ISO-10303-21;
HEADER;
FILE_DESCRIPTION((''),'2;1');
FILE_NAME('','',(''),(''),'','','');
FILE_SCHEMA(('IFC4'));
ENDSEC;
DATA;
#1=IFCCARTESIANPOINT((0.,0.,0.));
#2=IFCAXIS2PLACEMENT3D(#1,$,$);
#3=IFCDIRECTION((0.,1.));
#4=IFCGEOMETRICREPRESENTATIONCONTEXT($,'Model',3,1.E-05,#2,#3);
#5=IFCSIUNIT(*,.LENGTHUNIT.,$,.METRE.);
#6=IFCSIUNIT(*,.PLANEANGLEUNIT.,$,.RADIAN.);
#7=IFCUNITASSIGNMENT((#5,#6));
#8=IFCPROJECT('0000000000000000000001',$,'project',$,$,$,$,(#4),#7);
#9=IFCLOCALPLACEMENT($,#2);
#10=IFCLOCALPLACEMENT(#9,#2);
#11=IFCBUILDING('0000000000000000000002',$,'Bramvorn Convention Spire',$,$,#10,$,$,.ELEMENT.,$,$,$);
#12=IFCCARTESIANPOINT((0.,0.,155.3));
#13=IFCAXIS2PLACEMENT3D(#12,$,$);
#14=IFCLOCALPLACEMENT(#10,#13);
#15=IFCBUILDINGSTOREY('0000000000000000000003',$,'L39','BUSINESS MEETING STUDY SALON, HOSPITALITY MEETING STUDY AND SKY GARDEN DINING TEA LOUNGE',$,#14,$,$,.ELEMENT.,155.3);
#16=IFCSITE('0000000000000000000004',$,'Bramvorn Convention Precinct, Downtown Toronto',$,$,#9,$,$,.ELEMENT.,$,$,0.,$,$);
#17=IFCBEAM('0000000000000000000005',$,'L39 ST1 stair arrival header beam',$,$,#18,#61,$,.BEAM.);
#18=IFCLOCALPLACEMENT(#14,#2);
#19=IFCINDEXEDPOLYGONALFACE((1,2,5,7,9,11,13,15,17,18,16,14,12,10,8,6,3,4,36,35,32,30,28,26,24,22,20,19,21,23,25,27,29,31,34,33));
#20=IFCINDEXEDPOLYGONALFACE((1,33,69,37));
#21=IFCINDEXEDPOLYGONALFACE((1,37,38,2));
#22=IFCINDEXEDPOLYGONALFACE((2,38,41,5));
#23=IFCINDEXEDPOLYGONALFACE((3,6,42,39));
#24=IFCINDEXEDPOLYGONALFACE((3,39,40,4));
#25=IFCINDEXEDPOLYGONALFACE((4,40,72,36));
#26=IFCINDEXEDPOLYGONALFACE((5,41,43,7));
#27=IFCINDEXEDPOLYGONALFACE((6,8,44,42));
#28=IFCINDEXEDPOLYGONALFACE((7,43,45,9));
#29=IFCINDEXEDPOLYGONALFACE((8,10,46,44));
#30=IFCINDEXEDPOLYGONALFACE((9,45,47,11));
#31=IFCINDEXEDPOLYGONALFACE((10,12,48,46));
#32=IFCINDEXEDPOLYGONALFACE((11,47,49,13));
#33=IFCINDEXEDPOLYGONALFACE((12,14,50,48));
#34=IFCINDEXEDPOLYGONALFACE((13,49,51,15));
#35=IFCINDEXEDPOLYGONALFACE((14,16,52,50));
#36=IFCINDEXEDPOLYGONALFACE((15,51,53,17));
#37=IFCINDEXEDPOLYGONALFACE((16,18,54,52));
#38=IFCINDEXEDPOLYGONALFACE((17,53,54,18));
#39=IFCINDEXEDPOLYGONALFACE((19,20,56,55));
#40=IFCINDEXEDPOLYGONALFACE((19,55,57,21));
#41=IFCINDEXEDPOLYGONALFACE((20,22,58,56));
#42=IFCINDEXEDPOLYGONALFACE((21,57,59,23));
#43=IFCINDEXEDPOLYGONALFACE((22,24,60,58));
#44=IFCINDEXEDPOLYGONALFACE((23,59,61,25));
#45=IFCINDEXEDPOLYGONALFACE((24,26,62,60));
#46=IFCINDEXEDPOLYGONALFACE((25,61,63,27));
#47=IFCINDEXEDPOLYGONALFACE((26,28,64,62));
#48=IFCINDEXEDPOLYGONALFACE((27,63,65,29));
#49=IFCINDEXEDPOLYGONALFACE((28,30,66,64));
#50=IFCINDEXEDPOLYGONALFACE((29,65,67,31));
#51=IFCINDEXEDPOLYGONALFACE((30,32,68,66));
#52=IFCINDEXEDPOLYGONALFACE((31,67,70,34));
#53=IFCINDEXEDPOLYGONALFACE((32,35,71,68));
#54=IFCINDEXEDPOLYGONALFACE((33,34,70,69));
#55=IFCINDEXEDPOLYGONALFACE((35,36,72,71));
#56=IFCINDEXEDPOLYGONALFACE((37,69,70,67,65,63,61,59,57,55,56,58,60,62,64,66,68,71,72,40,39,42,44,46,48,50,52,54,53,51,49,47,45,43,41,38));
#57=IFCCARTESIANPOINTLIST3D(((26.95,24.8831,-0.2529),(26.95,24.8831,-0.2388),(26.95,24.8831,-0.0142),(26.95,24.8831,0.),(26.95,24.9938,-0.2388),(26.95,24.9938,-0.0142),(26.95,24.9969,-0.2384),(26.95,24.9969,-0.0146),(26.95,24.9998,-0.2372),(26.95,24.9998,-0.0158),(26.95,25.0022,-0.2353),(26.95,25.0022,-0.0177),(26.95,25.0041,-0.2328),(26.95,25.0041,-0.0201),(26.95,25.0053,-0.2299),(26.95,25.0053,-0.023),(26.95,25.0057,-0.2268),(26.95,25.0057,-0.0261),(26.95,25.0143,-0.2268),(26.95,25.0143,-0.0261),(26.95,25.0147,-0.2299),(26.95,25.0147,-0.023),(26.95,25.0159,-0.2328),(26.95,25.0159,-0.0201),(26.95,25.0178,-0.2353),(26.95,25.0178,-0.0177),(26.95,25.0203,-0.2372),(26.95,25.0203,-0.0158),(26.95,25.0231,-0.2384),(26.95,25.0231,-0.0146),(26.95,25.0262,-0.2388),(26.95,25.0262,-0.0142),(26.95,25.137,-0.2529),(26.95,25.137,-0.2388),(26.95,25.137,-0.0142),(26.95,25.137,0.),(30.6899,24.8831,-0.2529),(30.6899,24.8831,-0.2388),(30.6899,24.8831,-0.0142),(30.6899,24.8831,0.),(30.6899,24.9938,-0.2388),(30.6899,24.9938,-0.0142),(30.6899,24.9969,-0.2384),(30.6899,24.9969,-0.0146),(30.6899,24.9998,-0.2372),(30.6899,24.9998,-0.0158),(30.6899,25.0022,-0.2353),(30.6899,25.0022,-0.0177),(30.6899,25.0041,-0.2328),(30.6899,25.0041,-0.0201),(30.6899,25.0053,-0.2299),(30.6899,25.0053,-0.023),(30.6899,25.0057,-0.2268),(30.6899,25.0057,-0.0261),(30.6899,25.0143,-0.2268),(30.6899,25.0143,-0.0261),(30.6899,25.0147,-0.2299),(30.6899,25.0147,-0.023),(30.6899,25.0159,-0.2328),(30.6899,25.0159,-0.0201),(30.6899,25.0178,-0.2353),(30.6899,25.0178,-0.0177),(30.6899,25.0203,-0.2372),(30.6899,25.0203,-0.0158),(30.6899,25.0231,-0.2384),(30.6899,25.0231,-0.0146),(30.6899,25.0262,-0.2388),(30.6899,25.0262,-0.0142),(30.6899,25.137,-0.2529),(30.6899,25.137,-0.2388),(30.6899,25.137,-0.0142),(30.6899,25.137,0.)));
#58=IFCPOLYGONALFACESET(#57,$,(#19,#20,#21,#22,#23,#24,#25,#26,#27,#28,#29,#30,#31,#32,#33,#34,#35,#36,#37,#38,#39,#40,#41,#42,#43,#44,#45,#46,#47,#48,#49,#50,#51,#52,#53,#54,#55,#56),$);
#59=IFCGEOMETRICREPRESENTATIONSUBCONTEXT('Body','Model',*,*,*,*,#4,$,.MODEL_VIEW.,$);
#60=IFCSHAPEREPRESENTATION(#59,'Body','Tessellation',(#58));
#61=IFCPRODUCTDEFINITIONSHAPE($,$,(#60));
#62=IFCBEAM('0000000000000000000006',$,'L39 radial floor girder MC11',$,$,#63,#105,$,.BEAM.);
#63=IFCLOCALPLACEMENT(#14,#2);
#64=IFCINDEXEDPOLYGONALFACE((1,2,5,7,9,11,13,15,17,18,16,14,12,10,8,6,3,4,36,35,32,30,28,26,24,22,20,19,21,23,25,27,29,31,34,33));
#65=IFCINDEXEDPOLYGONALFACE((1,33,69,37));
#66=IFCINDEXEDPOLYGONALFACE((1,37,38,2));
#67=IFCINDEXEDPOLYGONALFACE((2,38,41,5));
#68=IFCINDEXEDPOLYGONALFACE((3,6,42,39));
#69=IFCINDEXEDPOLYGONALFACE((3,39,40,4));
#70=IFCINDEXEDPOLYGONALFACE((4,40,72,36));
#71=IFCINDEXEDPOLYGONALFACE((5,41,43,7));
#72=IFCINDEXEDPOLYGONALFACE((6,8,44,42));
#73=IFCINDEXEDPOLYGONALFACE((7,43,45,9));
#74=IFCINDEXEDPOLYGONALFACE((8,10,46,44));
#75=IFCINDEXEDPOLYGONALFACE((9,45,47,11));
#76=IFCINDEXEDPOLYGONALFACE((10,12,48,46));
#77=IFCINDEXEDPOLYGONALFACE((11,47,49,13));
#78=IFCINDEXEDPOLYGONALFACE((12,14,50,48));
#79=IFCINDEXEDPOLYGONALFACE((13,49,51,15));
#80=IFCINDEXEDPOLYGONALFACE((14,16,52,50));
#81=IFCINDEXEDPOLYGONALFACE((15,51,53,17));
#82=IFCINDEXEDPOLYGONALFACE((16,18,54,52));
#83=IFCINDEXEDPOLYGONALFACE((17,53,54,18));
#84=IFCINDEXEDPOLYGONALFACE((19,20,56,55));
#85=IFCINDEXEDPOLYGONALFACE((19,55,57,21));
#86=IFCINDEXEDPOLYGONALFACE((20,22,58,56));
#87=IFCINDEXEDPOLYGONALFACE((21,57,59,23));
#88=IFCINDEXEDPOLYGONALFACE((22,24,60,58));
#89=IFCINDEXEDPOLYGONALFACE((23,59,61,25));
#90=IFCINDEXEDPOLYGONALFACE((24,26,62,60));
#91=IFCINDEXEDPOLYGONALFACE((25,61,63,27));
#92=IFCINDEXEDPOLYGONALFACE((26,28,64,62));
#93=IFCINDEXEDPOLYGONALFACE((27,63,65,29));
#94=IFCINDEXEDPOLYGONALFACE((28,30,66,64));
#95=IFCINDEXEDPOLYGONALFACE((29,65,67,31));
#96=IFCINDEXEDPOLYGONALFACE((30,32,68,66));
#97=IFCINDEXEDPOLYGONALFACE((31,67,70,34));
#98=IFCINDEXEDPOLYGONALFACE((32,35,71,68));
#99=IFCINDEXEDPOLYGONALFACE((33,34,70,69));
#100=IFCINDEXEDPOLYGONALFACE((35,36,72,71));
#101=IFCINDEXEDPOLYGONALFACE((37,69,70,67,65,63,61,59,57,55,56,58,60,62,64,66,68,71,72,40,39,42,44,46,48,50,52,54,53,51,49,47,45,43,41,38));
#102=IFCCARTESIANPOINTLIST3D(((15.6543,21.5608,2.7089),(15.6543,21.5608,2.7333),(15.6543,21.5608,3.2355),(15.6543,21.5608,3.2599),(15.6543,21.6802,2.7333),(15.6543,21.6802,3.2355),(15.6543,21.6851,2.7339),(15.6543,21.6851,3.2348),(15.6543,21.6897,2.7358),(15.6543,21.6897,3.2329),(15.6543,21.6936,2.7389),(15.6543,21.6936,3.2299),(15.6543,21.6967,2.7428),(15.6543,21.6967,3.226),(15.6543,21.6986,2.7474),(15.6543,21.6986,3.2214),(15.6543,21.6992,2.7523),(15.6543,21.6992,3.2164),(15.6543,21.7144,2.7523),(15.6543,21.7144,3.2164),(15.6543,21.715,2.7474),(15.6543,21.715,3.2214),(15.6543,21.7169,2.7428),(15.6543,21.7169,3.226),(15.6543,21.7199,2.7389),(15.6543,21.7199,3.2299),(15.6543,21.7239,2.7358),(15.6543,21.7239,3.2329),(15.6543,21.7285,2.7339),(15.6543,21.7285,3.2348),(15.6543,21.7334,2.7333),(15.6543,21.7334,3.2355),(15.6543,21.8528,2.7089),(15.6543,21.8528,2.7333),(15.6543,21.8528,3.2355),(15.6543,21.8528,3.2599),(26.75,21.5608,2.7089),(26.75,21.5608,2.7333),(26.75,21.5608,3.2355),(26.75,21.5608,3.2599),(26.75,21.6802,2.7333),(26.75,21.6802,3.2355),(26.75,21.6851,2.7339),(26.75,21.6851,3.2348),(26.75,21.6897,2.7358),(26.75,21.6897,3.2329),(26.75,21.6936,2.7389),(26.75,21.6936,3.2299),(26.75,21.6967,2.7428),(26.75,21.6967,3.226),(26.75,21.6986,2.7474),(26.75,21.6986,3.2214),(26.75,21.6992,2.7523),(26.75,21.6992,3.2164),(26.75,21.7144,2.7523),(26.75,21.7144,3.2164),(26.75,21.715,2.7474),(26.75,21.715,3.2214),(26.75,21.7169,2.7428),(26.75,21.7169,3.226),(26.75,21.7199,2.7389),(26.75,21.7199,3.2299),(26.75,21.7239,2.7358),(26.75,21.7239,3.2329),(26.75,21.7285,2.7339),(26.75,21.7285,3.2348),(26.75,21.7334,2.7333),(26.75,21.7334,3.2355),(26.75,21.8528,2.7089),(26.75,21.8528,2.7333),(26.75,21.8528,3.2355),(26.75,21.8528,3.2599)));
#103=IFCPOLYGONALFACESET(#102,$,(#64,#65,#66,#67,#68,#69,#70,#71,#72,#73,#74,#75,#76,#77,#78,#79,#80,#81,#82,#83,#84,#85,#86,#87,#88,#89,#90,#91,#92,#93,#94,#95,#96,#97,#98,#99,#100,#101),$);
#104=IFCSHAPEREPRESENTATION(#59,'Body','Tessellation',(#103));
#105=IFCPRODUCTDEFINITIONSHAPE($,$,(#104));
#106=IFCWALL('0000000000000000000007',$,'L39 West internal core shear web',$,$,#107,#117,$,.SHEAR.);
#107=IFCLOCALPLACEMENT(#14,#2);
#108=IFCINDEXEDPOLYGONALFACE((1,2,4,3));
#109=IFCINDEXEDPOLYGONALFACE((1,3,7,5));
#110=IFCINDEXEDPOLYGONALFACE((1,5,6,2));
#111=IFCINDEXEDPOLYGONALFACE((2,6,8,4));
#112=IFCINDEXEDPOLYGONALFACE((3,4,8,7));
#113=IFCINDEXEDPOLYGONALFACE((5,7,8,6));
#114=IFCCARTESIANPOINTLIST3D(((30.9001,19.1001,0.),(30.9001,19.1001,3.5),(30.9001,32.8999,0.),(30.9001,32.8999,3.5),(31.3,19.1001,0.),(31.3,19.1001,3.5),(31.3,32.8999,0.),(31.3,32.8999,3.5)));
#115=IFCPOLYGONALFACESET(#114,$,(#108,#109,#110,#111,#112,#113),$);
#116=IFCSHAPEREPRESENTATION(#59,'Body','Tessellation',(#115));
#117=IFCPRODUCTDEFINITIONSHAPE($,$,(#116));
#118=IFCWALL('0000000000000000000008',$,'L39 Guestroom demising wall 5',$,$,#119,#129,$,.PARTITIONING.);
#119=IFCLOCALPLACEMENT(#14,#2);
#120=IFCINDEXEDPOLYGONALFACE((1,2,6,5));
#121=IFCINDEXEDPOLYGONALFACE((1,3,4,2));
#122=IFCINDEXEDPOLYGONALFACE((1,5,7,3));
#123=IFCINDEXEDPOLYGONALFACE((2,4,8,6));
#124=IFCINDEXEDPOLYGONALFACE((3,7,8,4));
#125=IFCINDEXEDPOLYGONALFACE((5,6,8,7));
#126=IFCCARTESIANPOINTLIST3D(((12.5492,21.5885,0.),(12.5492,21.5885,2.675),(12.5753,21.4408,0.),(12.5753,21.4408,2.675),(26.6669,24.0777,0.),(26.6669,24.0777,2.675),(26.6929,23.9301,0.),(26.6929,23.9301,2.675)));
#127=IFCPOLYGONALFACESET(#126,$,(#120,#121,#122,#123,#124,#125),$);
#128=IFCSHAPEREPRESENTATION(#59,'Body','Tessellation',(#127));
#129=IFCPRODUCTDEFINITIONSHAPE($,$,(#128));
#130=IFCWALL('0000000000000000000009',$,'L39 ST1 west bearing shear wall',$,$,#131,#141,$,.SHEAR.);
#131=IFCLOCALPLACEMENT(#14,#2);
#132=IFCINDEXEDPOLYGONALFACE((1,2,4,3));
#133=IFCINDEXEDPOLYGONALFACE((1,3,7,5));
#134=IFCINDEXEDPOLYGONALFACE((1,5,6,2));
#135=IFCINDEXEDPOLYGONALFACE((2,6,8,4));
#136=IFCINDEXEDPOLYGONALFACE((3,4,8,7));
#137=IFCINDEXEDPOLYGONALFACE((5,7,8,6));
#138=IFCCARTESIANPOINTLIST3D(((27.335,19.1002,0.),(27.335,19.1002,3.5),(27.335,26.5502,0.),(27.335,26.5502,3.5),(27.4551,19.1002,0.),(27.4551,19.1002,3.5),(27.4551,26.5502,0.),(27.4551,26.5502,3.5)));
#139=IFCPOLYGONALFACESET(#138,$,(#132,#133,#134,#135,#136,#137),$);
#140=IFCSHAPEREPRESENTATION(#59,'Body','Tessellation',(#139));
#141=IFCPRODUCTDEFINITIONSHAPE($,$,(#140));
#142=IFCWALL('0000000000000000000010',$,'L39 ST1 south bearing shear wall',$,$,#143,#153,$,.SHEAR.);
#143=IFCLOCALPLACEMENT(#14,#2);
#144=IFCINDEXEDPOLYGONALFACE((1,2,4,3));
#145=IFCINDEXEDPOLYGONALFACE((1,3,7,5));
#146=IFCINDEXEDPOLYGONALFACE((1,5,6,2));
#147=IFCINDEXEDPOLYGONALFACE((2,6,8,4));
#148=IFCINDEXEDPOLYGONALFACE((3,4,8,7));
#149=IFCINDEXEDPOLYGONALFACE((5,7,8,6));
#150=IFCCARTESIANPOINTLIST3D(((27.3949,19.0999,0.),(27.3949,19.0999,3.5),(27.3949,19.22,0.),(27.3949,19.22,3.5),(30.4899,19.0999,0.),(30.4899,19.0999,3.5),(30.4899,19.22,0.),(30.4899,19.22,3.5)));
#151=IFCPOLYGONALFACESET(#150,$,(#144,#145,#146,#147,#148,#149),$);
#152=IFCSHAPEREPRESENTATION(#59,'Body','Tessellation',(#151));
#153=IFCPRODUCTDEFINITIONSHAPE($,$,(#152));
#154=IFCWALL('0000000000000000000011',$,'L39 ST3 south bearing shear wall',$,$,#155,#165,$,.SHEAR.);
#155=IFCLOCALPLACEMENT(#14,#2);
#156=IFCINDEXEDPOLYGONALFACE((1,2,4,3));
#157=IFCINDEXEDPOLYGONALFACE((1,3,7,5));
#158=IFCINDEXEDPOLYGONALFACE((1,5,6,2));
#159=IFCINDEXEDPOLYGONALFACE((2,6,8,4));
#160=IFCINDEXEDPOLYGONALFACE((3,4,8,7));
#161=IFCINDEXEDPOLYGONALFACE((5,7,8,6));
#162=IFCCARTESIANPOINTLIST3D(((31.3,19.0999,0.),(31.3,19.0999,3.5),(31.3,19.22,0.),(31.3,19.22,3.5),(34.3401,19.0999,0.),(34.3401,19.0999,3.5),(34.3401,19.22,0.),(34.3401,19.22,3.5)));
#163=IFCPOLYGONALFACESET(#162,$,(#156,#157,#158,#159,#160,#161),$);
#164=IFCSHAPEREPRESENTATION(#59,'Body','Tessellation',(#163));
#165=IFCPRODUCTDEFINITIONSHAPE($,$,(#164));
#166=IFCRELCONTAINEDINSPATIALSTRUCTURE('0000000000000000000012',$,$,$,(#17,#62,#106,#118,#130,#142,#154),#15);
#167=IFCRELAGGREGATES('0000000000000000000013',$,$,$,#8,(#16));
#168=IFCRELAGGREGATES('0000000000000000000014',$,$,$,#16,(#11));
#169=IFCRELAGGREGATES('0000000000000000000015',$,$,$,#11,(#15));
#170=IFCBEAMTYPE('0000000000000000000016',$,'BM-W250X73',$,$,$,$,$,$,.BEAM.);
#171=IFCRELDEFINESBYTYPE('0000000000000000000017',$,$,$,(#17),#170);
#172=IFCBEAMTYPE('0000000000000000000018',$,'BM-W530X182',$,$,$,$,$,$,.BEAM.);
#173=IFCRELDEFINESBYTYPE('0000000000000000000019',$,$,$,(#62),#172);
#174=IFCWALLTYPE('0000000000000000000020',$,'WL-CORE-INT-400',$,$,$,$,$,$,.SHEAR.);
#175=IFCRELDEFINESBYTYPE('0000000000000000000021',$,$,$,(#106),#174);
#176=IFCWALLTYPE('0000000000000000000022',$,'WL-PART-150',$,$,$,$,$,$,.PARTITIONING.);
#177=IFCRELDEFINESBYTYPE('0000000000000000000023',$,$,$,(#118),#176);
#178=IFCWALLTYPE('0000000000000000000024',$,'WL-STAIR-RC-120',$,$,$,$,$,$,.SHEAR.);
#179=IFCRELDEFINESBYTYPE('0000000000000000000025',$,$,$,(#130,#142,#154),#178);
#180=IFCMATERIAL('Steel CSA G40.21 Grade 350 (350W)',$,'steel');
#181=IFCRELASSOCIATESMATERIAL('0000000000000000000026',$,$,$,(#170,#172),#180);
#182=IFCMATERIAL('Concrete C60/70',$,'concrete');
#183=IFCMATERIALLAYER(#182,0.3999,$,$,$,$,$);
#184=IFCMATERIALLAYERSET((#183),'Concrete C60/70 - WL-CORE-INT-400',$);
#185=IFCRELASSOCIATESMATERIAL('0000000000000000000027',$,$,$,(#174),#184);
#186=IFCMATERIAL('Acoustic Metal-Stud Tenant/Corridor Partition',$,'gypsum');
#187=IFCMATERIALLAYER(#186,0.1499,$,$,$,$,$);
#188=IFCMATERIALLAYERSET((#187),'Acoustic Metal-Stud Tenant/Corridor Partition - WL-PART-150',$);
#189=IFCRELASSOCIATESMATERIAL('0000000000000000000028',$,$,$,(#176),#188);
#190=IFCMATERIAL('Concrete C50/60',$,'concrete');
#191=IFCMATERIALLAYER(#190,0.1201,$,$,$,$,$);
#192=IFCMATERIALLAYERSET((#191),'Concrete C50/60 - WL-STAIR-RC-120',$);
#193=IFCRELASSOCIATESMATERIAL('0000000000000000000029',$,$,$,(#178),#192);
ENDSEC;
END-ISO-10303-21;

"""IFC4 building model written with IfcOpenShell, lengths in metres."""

from ifc_helpers import new_model, si_unit, direction, frame, frame_2d, origin, origin_2d, place, context, subcontext, project, spatial, rectangle, i_section, extrude, material, layer, layer_set, material_profile, profile_set, type_object, element, save


model = new_model("IFC4")

# Units and contexts
model_context = context("Model", 3, precision=1e-05, world=origin(), true_north=direction((0.0, 1.0)))
body_context = subcontext(model_context, "Body", "Model", "MODEL_VIEW")
ifc_project = project(units=[si_unit("LENGTHUNIT", "METRE"), si_unit("PLANEANGLEUNIT", "RADIAN")], contexts=[model_context])

# Site, building, storey
site_placement = place(None, origin())
site = spatial("IfcSite", under=ifc_project, at=site_placement, Name="Bramvorn Convention Precinct, Downtown Toronto", CompositionType="ELEMENT", RefElevation=0.0)
building_placement = place(site_placement, origin())
building = spatial("IfcBuilding", under=site, at=building_placement, Name="Bramvorn Convention Spire", CompositionType="ELEMENT")
storey_placement = place(building_placement, frame((0.0, 0.0, 155.3)))
storey = spatial("IfcBuildingStorey", under=building, at=storey_placement, Name="L39", Description="BUSINESS MEETING STUDY SALON, HOSPITALITY MEETING STUDY AND SKY GARDEN DINING TEA LOUNGE", CompositionType="ELEMENT", Elevation=155.3)

# Beams
ifc_material_1 = material(Name="Steel CSA G40.21 Grade 350 (350W)", Category="steel")
ifc_material_profile_1 = material_profile(ifc_material_1, i_section(OverallWidth=0.2539, OverallDepth=0.2529, WebThickness=0.0085, FlangeThickness=0.0142, FilletRadius=0.012, at=origin_2d()))
ifc_profile_set_1 = profile_set([ifc_material_profile_1], Name="Steel CSA G40.21 Grade 350 (350W) - W250X73")
beam_type_1 = type_object("IfcBeamType", Name="BM-W250X73", PredefinedType="BEAM", material=ifc_profile_set_1)
beam_1_placement = place(storey_placement, frame((26.95, 25.01, -0.1265), z_axis=(1.0, 0.0, 0.0), x_axis=(0.0, 1.0, 0.0)))
element("IfcBeam", 1, at=beam_1_placement, inside=storey, type_object=beam_type_1, Name="L39 ST1 stair arrival header beam", PredefinedType="BEAM", context=body_context, shape_type="SweptSolid", body=[
    extrude(i_section(OverallWidth=0.2539, OverallDepth=0.2529, WebThickness=0.0085, FlangeThickness=0.0142, FilletRadius=0.012, at=origin_2d()), origin(), (0.0, 0.0, 1.0), 3.74),
])
ifc_material_profile_2 = material_profile(ifc_material_1, i_section(OverallWidth=0.292, OverallDepth=0.551, WebThickness=0.0151, FlangeThickness=0.0244, FilletRadius=0.019, at=origin_2d()))
ifc_profile_set_2 = profile_set([ifc_material_profile_2], Name="Steel CSA G40.21 Grade 350 (350W) - W530X182")
beam_type_2 = type_object("IfcBeamType", Name="BM-W530X182", PredefinedType="BEAM", material=ifc_profile_set_2)
beam_2_placement = place(storey_placement, frame((26.75, 21.7068, 2.9844), z_axis=(-1.0, 0.0, 0.0), x_axis=(0.0, -1.0, 0.0)))
element("IfcBeam", 2, at=beam_2_placement, inside=storey, type_object=beam_type_2, Name="L39 radial floor girder MC11", PredefinedType="BEAM", context=body_context, shape_type="SweptSolid", body=[
    extrude(i_section(OverallWidth=0.292, OverallDepth=0.551, WebThickness=0.0151, FlangeThickness=0.0244, FilletRadius=0.019, at=origin_2d()), origin(), (0.0, 0.0, 1.0), 11.0957),
])

# Shared definitions
ifc_material_2 = material(Name="Concrete C60/70", Category="concrete")

# Walls
ifc_layer_1 = layer(ifc_material_2, 0.3999)
ifc_layer_set_1 = layer_set([ifc_layer_1], Name="Concrete C60/70 - WL-CORE-INT-400")
wall_type_1 = type_object("IfcWallType", Name="WL-CORE-INT-400", PredefinedType="SHEAR", material=ifc_layer_set_1)
wall_1_placement = place(storey_placement, frame((31.1001, 19.1001, 0.0), z_axis=(0.0, 0.0, 1.0), x_axis=(0.0, 1.0, 0.0)))
element("IfcWall", 3, at=wall_1_placement, inside=storey, type_object=wall_type_1, Name="L39 West internal core shear web", PredefinedType="SHEAR", context=body_context, shape_type="SweptSolid", body=[
    extrude(rectangle(XDim=13.7998, YDim=0.3999, at=frame_2d((6.8999, 0.0))), origin(), (0.0, 0.0, 1.0), 3.5),
])
ifc_material_3 = material(Name="Acoustic Metal-Stud Tenant/Corridor Partition", Category="gypsum")
ifc_layer_2 = layer(ifc_material_3, 0.1499)
ifc_layer_set_2 = layer_set([ifc_layer_2], Name="Acoustic Metal-Stud Tenant/Corridor Partition - WL-PART-150")
wall_type_2 = type_object("IfcWallType", Name="WL-PART-150", PredefinedType="PARTITIONING", material=ifc_layer_set_2)
wall_2_placement = place(storey_placement, frame((26.6799, 24.0039, 0.0), z_axis=(0.0, 0.0, 1.0), x_axis=(-0.984809, -0.173643, 0.0)))
element("IfcWall", 4, at=wall_2_placement, inside=storey, type_object=wall_type_2, Name="L39 Guestroom demising wall 5", PredefinedType="PARTITIONING", context=body_context, shape_type="SweptSolid", body=[
    extrude(rectangle(XDim=14.3354, YDim=0.1499, at=frame_2d((7.1677, 0.0))), origin(), (0.0, 0.0, 1.0), 2.675),
])
ifc_material_4 = material(Name="Concrete C50/60", Category="concrete")
ifc_layer_3 = layer(ifc_material_4, 0.1201)
ifc_layer_set_3 = layer_set([ifc_layer_3], Name="Concrete C50/60 - WL-STAIR-RC-120")
wall_type_3 = type_object("IfcWallType", Name="WL-STAIR-RC-120", PredefinedType="SHEAR", material=ifc_layer_set_3)
wall_3_placement = place(storey_placement, frame((27.395, 19.1001, 0.0), z_axis=(0.0, 0.0, 1.0), x_axis=(0.0, 1.0, 0.0)))
element("IfcWall", 5, at=wall_3_placement, inside=storey, type_object=wall_type_3, Name="L39 ST1 west bearing shear wall", PredefinedType="SHEAR", context=body_context, shape_type="SweptSolid", body=[
    extrude(rectangle(XDim=7.45, YDim=0.1201, at=frame_2d((3.7251, 0.0))), origin(), (0.0, 0.0, 1.0), 3.5),
])
wall_4_placement = place(storey_placement, frame((27.395, 19.1599, 0.0), z_axis=(0.0, 0.0, 1.0), x_axis=(1.0, 0.0, 0.0)))
element("IfcWall", 6, at=wall_4_placement, inside=storey, type_object=wall_type_3, Name="L39 ST1 south bearing shear wall", PredefinedType="SHEAR", context=body_context, shape_type="SweptSolid", body=[
    extrude(rectangle(XDim=3.095, YDim=0.1201, at=frame_2d((1.5474, 0.0))), origin(), (0.0, 0.0, 1.0), 3.5),
])
wall_5_placement = place(storey_placement, frame((31.3, 19.1599, 0.0), z_axis=(0.0, 0.0, 1.0), x_axis=(1.0, 0.0, 0.0)))
element("IfcWall", 7, at=wall_5_placement, inside=storey, type_object=wall_type_3, Name="L39 ST3 south bearing shear wall", PredefinedType="SHEAR", context=body_context, shape_type="SweptSolid", body=[
    extrude(rectangle(XDim=3.04, YDim=0.1201, at=frame_2d((1.52, 0.0))), origin(), (0.0, 0.0, 1.0), 3.5),
])

save(model, "model.ifc")
